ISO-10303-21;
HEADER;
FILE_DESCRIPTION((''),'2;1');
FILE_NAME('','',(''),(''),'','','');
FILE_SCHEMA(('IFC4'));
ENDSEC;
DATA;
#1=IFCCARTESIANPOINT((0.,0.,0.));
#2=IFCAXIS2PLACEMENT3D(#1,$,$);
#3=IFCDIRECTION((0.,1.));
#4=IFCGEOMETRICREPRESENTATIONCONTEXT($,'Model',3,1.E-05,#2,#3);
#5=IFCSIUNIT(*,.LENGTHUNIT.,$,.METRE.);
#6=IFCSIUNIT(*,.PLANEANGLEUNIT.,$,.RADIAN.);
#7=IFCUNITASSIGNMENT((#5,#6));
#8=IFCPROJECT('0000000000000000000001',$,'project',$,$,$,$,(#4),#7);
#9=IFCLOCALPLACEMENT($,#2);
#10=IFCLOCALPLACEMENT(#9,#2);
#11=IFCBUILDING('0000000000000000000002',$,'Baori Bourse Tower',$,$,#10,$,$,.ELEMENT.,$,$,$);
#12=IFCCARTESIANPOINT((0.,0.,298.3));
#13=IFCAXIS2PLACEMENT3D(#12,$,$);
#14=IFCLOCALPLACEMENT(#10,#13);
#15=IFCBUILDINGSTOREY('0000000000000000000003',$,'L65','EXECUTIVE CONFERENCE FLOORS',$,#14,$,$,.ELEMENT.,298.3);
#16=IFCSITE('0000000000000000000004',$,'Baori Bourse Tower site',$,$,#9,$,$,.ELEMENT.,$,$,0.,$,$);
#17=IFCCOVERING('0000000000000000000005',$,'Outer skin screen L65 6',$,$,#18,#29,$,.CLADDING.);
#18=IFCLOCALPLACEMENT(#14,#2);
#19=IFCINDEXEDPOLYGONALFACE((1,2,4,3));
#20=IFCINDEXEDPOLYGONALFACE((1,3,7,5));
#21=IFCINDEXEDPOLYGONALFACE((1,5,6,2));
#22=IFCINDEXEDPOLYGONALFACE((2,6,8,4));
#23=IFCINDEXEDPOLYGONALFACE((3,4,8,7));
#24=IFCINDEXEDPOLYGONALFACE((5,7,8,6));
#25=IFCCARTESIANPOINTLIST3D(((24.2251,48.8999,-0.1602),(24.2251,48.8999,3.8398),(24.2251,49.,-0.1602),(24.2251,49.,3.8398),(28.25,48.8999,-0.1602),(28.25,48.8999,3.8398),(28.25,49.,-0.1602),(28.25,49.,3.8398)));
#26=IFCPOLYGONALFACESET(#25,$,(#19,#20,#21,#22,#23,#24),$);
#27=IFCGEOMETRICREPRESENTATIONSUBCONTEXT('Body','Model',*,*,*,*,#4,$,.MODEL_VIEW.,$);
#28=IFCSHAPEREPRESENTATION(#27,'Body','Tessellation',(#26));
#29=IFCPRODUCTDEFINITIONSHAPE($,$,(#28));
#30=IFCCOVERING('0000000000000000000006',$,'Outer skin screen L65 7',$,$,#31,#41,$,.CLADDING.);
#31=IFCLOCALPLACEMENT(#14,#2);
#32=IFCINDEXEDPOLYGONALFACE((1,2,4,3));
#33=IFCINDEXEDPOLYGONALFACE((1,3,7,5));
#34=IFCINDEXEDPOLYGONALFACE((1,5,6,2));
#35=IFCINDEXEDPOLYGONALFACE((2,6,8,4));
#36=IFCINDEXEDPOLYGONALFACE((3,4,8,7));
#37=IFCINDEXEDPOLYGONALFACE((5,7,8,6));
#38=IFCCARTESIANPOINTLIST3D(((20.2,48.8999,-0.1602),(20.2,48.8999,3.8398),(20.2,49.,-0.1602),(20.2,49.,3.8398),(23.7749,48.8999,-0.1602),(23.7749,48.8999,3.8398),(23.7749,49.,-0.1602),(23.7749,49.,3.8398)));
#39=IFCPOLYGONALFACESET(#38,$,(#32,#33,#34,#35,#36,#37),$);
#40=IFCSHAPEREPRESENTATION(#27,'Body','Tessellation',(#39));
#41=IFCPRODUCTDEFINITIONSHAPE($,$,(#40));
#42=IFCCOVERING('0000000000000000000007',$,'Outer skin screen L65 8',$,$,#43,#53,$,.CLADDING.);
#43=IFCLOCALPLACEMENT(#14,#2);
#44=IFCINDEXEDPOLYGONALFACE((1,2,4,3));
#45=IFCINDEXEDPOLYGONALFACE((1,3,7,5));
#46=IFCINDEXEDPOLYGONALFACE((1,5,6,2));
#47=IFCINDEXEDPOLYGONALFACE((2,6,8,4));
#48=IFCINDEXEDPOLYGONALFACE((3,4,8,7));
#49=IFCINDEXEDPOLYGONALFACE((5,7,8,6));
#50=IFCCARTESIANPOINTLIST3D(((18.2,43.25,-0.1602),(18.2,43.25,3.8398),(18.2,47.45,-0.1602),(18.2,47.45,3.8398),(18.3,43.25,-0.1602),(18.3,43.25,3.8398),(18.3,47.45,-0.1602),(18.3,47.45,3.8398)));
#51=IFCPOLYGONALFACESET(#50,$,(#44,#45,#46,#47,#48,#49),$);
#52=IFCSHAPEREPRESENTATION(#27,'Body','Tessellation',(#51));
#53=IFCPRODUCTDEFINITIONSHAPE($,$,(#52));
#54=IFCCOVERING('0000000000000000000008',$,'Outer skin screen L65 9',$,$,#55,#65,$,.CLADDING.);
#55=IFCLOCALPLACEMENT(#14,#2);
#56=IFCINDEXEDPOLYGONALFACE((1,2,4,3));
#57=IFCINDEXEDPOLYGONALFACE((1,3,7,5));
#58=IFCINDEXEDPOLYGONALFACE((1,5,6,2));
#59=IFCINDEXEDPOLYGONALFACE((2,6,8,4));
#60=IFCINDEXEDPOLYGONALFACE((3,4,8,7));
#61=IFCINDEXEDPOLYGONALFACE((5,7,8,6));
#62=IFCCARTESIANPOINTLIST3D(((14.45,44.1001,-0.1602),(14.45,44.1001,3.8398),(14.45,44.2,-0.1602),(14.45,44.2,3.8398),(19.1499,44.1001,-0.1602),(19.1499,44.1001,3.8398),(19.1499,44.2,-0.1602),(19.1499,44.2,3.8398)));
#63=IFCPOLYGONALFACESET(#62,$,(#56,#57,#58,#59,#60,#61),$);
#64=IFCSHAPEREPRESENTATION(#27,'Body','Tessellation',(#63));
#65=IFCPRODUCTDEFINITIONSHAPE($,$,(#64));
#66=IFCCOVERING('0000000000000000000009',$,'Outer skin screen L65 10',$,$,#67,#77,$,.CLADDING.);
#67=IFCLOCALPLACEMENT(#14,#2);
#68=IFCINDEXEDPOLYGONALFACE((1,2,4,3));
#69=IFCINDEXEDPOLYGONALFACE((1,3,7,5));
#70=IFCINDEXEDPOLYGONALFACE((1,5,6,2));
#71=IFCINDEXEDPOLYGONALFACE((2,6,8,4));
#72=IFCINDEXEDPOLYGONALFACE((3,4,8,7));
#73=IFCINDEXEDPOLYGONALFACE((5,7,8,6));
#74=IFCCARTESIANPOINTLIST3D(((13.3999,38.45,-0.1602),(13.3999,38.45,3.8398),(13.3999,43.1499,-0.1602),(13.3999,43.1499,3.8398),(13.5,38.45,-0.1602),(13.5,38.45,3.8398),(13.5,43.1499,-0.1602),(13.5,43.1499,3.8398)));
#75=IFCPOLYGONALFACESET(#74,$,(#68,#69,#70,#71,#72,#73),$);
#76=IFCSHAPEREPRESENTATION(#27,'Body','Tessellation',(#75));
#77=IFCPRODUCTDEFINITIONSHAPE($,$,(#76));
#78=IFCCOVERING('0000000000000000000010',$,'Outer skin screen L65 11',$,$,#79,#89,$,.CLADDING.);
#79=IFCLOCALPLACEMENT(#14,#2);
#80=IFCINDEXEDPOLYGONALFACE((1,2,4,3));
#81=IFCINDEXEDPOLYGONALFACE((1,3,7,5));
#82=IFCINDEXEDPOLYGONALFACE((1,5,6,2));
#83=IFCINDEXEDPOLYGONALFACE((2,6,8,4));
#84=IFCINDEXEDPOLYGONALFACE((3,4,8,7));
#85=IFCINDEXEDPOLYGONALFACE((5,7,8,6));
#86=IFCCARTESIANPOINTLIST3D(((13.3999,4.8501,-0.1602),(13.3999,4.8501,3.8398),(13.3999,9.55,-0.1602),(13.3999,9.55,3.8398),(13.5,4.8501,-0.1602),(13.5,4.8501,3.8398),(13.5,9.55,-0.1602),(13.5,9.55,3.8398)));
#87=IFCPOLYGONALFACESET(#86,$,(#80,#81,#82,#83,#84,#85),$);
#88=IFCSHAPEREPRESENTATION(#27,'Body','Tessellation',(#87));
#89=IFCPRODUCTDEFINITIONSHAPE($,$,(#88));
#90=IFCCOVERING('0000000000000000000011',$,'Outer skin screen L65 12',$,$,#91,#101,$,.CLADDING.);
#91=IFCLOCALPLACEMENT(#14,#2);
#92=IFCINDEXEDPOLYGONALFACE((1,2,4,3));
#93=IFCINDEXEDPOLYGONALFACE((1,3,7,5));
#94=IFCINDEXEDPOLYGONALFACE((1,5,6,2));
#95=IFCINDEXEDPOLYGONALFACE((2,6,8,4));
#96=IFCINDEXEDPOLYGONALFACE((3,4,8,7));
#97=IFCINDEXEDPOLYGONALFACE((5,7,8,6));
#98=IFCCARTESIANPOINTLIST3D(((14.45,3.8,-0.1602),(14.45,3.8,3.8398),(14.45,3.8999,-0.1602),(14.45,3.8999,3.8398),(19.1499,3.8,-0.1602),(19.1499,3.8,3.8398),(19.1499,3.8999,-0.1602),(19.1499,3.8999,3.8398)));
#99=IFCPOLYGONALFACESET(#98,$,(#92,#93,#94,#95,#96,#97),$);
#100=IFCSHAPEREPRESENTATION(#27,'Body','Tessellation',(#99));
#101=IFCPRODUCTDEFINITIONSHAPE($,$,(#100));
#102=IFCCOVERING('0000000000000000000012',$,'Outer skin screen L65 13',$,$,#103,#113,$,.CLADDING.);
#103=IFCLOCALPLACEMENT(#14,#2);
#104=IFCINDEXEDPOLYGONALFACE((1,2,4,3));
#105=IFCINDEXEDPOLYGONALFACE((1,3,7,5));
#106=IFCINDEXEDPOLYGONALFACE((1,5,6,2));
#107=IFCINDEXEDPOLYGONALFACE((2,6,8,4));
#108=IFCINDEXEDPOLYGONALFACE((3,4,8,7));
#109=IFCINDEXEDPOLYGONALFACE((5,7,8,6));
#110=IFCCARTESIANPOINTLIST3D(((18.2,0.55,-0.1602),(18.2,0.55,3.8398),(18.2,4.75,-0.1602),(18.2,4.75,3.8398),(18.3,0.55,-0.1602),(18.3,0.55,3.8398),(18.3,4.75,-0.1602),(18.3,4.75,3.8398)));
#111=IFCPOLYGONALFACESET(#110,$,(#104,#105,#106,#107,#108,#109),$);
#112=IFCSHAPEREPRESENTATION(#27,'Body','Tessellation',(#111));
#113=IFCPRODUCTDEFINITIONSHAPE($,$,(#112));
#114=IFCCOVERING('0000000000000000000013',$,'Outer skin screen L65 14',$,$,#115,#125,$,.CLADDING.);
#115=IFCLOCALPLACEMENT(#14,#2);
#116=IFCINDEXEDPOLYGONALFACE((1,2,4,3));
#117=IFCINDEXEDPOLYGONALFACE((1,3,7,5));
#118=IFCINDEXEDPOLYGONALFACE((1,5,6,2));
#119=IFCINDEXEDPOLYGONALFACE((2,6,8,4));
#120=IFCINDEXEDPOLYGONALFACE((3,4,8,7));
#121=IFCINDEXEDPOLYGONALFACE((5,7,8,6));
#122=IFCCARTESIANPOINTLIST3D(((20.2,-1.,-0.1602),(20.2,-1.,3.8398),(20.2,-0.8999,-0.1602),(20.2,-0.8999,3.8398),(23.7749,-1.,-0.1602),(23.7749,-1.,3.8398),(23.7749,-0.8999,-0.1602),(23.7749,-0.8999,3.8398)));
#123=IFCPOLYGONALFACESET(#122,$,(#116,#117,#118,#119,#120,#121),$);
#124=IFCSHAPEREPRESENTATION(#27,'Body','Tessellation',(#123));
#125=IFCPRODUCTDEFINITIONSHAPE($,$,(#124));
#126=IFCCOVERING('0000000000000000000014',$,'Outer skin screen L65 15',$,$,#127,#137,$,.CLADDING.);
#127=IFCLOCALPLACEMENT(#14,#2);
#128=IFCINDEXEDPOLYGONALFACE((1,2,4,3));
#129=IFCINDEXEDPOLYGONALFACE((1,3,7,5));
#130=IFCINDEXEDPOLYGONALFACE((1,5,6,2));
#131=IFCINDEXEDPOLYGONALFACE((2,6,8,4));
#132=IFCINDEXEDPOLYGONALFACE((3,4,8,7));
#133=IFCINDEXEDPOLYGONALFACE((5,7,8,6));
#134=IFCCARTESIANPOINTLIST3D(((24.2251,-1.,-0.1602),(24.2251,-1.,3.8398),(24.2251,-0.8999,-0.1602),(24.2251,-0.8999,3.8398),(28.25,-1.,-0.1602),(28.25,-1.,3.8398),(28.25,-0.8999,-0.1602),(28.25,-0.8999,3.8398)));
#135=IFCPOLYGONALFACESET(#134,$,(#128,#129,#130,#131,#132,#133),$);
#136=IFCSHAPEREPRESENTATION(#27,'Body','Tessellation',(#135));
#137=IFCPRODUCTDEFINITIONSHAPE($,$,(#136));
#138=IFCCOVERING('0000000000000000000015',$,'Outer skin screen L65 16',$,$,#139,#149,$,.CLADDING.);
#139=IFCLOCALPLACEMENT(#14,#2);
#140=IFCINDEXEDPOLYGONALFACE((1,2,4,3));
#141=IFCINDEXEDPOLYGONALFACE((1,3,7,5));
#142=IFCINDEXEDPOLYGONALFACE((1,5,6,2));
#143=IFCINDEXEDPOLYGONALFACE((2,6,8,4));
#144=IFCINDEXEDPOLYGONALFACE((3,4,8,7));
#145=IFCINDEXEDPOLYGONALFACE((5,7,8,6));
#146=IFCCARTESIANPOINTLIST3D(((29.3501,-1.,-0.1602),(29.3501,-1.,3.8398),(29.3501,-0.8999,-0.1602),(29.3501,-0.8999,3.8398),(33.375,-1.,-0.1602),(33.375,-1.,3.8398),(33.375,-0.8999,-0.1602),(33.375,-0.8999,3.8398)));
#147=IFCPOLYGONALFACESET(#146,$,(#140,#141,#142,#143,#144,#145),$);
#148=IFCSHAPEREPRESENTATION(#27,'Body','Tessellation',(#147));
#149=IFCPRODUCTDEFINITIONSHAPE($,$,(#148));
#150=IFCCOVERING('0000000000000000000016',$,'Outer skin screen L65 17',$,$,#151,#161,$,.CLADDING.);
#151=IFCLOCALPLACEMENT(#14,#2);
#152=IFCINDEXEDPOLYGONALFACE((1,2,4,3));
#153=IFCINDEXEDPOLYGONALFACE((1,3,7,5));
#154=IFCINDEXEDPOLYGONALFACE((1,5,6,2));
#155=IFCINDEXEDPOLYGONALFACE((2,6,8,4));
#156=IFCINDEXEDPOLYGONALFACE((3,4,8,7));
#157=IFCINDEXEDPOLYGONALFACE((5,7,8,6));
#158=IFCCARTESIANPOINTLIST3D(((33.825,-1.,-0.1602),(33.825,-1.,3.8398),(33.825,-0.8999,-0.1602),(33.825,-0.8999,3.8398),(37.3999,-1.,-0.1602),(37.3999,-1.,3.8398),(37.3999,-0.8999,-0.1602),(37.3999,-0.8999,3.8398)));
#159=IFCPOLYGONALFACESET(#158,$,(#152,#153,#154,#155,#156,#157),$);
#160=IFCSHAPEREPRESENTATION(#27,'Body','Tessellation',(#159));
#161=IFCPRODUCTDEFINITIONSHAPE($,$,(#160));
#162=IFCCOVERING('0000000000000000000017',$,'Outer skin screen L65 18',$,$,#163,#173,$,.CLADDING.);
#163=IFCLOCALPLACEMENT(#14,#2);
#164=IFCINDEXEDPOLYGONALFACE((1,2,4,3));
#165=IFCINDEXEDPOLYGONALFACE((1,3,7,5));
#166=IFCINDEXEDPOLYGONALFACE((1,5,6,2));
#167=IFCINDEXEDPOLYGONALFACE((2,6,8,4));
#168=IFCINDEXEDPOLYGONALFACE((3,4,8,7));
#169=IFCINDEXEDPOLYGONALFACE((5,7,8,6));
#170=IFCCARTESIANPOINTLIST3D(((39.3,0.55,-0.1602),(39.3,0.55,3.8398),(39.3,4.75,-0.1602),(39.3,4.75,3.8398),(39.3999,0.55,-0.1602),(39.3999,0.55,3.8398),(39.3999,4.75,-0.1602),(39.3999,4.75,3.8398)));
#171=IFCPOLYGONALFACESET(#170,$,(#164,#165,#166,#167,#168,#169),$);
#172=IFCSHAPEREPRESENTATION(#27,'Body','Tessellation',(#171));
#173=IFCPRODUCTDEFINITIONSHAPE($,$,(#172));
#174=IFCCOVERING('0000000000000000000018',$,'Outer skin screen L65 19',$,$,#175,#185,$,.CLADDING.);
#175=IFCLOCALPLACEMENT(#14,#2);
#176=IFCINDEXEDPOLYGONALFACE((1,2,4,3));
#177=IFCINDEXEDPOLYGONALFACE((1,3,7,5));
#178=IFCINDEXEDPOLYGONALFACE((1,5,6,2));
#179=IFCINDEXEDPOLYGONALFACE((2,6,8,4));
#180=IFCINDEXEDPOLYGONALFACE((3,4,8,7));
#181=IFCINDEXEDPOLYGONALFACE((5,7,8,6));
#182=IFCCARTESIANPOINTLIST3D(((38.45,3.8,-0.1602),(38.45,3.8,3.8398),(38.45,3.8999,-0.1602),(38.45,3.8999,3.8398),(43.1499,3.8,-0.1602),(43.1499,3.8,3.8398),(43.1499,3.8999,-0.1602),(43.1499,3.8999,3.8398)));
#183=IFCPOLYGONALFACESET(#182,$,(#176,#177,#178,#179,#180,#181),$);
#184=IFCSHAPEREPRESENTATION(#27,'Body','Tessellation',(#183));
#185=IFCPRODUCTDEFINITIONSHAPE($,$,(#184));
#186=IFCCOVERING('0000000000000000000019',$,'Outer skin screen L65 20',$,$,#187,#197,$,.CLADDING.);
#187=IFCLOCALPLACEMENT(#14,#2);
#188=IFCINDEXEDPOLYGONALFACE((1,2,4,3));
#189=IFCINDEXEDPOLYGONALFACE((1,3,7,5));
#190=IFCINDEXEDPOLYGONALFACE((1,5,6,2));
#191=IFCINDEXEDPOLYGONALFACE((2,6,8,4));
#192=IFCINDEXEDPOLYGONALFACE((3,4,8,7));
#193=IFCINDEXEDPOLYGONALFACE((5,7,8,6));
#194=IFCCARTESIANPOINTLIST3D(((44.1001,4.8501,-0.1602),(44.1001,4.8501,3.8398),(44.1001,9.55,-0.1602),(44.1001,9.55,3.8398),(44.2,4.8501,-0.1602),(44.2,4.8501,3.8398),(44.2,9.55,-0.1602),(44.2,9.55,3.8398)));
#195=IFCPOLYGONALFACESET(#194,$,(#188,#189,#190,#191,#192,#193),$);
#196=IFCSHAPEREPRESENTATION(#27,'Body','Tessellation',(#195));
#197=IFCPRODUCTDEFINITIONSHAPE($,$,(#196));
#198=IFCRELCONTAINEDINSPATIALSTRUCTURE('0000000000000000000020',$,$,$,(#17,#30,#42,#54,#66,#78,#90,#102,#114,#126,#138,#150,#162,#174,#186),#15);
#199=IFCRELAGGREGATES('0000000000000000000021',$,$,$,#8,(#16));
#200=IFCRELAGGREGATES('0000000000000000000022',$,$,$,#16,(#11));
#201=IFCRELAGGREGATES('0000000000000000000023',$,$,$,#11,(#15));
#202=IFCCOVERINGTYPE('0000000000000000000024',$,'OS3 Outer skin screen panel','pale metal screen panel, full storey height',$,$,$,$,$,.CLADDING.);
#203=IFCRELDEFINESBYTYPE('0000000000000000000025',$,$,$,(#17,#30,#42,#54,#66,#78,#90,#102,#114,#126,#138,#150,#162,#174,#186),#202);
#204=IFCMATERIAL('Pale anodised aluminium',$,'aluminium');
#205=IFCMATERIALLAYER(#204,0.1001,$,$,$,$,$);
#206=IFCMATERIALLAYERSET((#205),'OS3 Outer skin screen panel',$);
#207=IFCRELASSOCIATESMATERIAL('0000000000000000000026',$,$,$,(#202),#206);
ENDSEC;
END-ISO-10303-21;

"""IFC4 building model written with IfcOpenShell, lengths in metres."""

from ifc_helpers import new_model, si_unit, direction, frame, origin, place, context, subcontext, project, spatial, polyline, outline, extrude, material, layer, layer_set, type_object, element, save


model = new_model("IFC4")

# Units and contexts
model_context = context("Model", 3, precision=1e-05, world=origin(), true_north=direction((0.0, 1.0)))
body_context = subcontext(model_context, "Body", "Model", "MODEL_VIEW")
ifc_project = project(units=[si_unit("LENGTHUNIT", "METRE"), si_unit("PLANEANGLEUNIT", "RADIAN")], contexts=[model_context])

# Site, building, storey
site_placement = place(None, origin())
site = spatial("IfcSite", under=ifc_project, at=site_placement, Name="Baori Bourse Tower site", CompositionType="ELEMENT", RefElevation=0.0)
building_placement = place(site_placement, origin())
building = spatial("IfcBuilding", under=site, at=building_placement, Name="Baori Bourse Tower", CompositionType="ELEMENT")
storey_placement = place(building_placement, frame((0.0, 0.0, 298.3)))
storey = spatial("IfcBuildingStorey", under=building, at=storey_placement, Name="L65", Description="EXECUTIVE CONFERENCE FLOORS", CompositionType="ELEMENT", Elevation=298.3)

# Coverings
ifc_material_1 = material(Name="Pale anodised aluminium", Category="aluminium")
ifc_layer_1 = layer(ifc_material_1, 0.1001)
ifc_layer_set_1 = layer_set([ifc_layer_1], Name="OS3 Outer skin screen panel")
covering_type = type_object("IfcCoveringType", Name="OS3 Outer skin screen panel", Description="pale metal screen panel, full storey height", PredefinedType="CLADDING", material=ifc_layer_set_1)
covering_1_placement = place(storey_placement, frame((0.0, 0.0, -0.1602)))
element("IfcCovering", 1, at=covering_1_placement, inside=storey, type_object=covering_type, Name="Outer skin screen L65 6", PredefinedType="CLADDING", context=body_context, shape_type="SweptSolid", body=[
    extrude(outline(polyline([(24.2251, 48.8999), (28.25, 48.8999), (28.25, 49.0), (24.2251, 49.0), (24.2251, 48.8999)])), origin(), (0.0, 0.0, 1.0), 4.0),
])
covering_2_placement = place(storey_placement, frame((0.0, 0.0, -0.1602)))
element("IfcCovering", 2, at=covering_2_placement, inside=storey, type_object=covering_type, Name="Outer skin screen L65 7", PredefinedType="CLADDING", context=body_context, shape_type="SweptSolid", body=[
    extrude(outline(polyline([(20.2, 48.8999), (23.7749, 48.8999), (23.7749, 49.0), (20.2, 49.0), (20.2, 48.8999)])), origin(), (0.0, 0.0, 1.0), 4.0),
])
covering_3_placement = place(storey_placement, frame((0.0, 0.0, -0.1602)))
element("IfcCovering", 3, at=covering_3_placement, inside=storey, type_object=covering_type, Name="Outer skin screen L65 8", PredefinedType="CLADDING", context=body_context, shape_type="SweptSolid", body=[
    extrude(outline(polyline([(18.3, 43.25), (18.3, 47.45), (18.2, 47.45), (18.2, 43.25), (18.3, 43.25)])), origin(), (0.0, 0.0, 1.0), 4.0),
])
covering_4_placement = place(storey_placement, frame((0.0, 0.0, -0.1602)))
element("IfcCovering", 4, at=covering_4_placement, inside=storey, type_object=covering_type, Name="Outer skin screen L65 9", PredefinedType="CLADDING", context=body_context, shape_type="SweptSolid", body=[
    extrude(outline(polyline([(14.45, 44.1001), (19.1499, 44.1001), (19.1499, 44.2), (14.45, 44.2), (14.45, 44.1001)])), origin(), (0.0, 0.0, 1.0), 4.0),
])
covering_5_placement = place(storey_placement, frame((0.0, 0.0, -0.1602)))
element("IfcCovering", 5, at=covering_5_placement, inside=storey, type_object=covering_type, Name="Outer skin screen L65 10", PredefinedType="CLADDING", context=body_context, shape_type="SweptSolid", body=[
    extrude(outline(polyline([(13.5, 38.45), (13.5, 43.1499), (13.3999, 43.1499), (13.3999, 38.45), (13.5, 38.45)])), origin(), (0.0, 0.0, 1.0), 4.0),
])
covering_6_placement = place(storey_placement, frame((0.0, 0.0, -0.1602)))
element("IfcCovering", 6, at=covering_6_placement, inside=storey, type_object=covering_type, Name="Outer skin screen L65 11", PredefinedType="CLADDING", context=body_context, shape_type="SweptSolid", body=[
    extrude(outline(polyline([(13.5, 4.8501), (13.5, 9.55), (13.3999, 9.55), (13.3999, 4.8501), (13.5, 4.8501)])), origin(), (0.0, 0.0, 1.0), 4.0),
])
covering_7_placement = place(storey_placement, frame((0.0, 0.0, -0.1602)))
element("IfcCovering", 7, at=covering_7_placement, inside=storey, type_object=covering_type, Name="Outer skin screen L65 12", PredefinedType="CLADDING", context=body_context, shape_type="SweptSolid", body=[
    extrude(outline(polyline([(19.1499, 3.8999), (14.45, 3.8999), (14.45, 3.8), (19.1499, 3.8), (19.1499, 3.8999)])), origin(), (0.0, 0.0, 1.0), 4.0),
])
covering_8_placement = place(storey_placement, frame((0.0, 0.0, -0.1602)))
element("IfcCovering", 8, at=covering_8_placement, inside=storey, type_object=covering_type, Name="Outer skin screen L65 13", PredefinedType="CLADDING", context=body_context, shape_type="SweptSolid", body=[
    extrude(outline(polyline([(18.3, 0.55), (18.3, 4.75), (18.2, 4.75), (18.2, 0.55), (18.3, 0.55)])), origin(), (0.0, 0.0, 1.0), 4.0),
])
covering_9_placement = place(storey_placement, frame((0.0, 0.0, -0.1602)))
element("IfcCovering", 9, at=covering_9_placement, inside=storey, type_object=covering_type, Name="Outer skin screen L65 14", PredefinedType="CLADDING", context=body_context, shape_type="SweptSolid", body=[
    extrude(outline(polyline([(23.7749, -0.8999), (20.2, -0.8999), (20.2, -1.0), (23.7749, -1.0), (23.7749, -0.8999)])), origin(), (0.0, 0.0, 1.0), 4.0),
])
covering_10_placement = place(storey_placement, frame((0.0, 0.0, -0.1602)))
element("IfcCovering", 10, at=covering_10_placement, inside=storey, type_object=covering_type, Name="Outer skin screen L65 15", PredefinedType="CLADDING", context=body_context, shape_type="SweptSolid", body=[
    extrude(outline(polyline([(28.25, -0.8999), (24.2251, -0.8999), (24.2251, -1.0), (28.25, -1.0), (28.25, -0.8999)])), origin(), (0.0, 0.0, 1.0), 4.0),
])
covering_11_placement = place(storey_placement, frame((0.0, 0.0, -0.1602)))
element("IfcCovering", 11, at=covering_11_placement, inside=storey, type_object=covering_type, Name="Outer skin screen L65 16", PredefinedType="CLADDING", context=body_context, shape_type="SweptSolid", body=[
    extrude(outline(polyline([(33.375, -0.8999), (29.3501, -0.8999), (29.3501, -1.0), (33.375, -1.0), (33.375, -0.8999)])), origin(), (0.0, 0.0, 1.0), 4.0),
])
covering_12_placement = place(storey_placement, frame((0.0, 0.0, -0.1602)))
element("IfcCovering", 12, at=covering_12_placement, inside=storey, type_object=covering_type, Name="Outer skin screen L65 17", PredefinedType="CLADDING", context=body_context, shape_type="SweptSolid", body=[
    extrude(outline(polyline([(37.3999, -0.8999), (33.825, -0.8999), (33.825, -1.0), (37.3999, -1.0), (37.3999, -0.8999)])), origin(), (0.0, 0.0, 1.0), 4.0),
])
covering_13_placement = place(storey_placement, frame((0.0, 0.0, -0.1602)))
element("IfcCovering", 13, at=covering_13_placement, inside=storey, type_object=covering_type, Name="Outer skin screen L65 18", PredefinedType="CLADDING", context=body_context, shape_type="SweptSolid", body=[
    extrude(outline(polyline([(39.3, 4.75), (39.3, 0.55), (39.3999, 0.55), (39.3999, 4.75), (39.3, 4.75)])), origin(), (0.0, 0.0, 1.0), 4.0),
])
covering_14_placement = place(storey_placement, frame((0.0, 0.0, -0.1602)))
element("IfcCovering", 14, at=covering_14_placement, inside=storey, type_object=covering_type, Name="Outer skin screen L65 19", PredefinedType="CLADDING", context=body_context, shape_type="SweptSolid", body=[
    extrude(outline(polyline([(43.1499, 3.8999), (38.45, 3.8999), (38.45, 3.8), (43.1499, 3.8), (43.1499, 3.8999)])), origin(), (0.0, 0.0, 1.0), 4.0),
])
covering_15_placement = place(storey_placement, frame((0.0, 0.0, -0.1602)))
element("IfcCovering", 15, at=covering_15_placement, inside=storey, type_object=covering_type, Name="Outer skin screen L65 20", PredefinedType="CLADDING", context=body_context, shape_type="SweptSolid", body=[
    extrude(outline(polyline([(44.1001, 9.55), (44.1001, 4.8501), (44.2, 4.8501), (44.2, 9.55), (44.1001, 9.55)])), origin(), (0.0, 0.0, 1.0), 4.0),
])

save(model, "model.ifc")
